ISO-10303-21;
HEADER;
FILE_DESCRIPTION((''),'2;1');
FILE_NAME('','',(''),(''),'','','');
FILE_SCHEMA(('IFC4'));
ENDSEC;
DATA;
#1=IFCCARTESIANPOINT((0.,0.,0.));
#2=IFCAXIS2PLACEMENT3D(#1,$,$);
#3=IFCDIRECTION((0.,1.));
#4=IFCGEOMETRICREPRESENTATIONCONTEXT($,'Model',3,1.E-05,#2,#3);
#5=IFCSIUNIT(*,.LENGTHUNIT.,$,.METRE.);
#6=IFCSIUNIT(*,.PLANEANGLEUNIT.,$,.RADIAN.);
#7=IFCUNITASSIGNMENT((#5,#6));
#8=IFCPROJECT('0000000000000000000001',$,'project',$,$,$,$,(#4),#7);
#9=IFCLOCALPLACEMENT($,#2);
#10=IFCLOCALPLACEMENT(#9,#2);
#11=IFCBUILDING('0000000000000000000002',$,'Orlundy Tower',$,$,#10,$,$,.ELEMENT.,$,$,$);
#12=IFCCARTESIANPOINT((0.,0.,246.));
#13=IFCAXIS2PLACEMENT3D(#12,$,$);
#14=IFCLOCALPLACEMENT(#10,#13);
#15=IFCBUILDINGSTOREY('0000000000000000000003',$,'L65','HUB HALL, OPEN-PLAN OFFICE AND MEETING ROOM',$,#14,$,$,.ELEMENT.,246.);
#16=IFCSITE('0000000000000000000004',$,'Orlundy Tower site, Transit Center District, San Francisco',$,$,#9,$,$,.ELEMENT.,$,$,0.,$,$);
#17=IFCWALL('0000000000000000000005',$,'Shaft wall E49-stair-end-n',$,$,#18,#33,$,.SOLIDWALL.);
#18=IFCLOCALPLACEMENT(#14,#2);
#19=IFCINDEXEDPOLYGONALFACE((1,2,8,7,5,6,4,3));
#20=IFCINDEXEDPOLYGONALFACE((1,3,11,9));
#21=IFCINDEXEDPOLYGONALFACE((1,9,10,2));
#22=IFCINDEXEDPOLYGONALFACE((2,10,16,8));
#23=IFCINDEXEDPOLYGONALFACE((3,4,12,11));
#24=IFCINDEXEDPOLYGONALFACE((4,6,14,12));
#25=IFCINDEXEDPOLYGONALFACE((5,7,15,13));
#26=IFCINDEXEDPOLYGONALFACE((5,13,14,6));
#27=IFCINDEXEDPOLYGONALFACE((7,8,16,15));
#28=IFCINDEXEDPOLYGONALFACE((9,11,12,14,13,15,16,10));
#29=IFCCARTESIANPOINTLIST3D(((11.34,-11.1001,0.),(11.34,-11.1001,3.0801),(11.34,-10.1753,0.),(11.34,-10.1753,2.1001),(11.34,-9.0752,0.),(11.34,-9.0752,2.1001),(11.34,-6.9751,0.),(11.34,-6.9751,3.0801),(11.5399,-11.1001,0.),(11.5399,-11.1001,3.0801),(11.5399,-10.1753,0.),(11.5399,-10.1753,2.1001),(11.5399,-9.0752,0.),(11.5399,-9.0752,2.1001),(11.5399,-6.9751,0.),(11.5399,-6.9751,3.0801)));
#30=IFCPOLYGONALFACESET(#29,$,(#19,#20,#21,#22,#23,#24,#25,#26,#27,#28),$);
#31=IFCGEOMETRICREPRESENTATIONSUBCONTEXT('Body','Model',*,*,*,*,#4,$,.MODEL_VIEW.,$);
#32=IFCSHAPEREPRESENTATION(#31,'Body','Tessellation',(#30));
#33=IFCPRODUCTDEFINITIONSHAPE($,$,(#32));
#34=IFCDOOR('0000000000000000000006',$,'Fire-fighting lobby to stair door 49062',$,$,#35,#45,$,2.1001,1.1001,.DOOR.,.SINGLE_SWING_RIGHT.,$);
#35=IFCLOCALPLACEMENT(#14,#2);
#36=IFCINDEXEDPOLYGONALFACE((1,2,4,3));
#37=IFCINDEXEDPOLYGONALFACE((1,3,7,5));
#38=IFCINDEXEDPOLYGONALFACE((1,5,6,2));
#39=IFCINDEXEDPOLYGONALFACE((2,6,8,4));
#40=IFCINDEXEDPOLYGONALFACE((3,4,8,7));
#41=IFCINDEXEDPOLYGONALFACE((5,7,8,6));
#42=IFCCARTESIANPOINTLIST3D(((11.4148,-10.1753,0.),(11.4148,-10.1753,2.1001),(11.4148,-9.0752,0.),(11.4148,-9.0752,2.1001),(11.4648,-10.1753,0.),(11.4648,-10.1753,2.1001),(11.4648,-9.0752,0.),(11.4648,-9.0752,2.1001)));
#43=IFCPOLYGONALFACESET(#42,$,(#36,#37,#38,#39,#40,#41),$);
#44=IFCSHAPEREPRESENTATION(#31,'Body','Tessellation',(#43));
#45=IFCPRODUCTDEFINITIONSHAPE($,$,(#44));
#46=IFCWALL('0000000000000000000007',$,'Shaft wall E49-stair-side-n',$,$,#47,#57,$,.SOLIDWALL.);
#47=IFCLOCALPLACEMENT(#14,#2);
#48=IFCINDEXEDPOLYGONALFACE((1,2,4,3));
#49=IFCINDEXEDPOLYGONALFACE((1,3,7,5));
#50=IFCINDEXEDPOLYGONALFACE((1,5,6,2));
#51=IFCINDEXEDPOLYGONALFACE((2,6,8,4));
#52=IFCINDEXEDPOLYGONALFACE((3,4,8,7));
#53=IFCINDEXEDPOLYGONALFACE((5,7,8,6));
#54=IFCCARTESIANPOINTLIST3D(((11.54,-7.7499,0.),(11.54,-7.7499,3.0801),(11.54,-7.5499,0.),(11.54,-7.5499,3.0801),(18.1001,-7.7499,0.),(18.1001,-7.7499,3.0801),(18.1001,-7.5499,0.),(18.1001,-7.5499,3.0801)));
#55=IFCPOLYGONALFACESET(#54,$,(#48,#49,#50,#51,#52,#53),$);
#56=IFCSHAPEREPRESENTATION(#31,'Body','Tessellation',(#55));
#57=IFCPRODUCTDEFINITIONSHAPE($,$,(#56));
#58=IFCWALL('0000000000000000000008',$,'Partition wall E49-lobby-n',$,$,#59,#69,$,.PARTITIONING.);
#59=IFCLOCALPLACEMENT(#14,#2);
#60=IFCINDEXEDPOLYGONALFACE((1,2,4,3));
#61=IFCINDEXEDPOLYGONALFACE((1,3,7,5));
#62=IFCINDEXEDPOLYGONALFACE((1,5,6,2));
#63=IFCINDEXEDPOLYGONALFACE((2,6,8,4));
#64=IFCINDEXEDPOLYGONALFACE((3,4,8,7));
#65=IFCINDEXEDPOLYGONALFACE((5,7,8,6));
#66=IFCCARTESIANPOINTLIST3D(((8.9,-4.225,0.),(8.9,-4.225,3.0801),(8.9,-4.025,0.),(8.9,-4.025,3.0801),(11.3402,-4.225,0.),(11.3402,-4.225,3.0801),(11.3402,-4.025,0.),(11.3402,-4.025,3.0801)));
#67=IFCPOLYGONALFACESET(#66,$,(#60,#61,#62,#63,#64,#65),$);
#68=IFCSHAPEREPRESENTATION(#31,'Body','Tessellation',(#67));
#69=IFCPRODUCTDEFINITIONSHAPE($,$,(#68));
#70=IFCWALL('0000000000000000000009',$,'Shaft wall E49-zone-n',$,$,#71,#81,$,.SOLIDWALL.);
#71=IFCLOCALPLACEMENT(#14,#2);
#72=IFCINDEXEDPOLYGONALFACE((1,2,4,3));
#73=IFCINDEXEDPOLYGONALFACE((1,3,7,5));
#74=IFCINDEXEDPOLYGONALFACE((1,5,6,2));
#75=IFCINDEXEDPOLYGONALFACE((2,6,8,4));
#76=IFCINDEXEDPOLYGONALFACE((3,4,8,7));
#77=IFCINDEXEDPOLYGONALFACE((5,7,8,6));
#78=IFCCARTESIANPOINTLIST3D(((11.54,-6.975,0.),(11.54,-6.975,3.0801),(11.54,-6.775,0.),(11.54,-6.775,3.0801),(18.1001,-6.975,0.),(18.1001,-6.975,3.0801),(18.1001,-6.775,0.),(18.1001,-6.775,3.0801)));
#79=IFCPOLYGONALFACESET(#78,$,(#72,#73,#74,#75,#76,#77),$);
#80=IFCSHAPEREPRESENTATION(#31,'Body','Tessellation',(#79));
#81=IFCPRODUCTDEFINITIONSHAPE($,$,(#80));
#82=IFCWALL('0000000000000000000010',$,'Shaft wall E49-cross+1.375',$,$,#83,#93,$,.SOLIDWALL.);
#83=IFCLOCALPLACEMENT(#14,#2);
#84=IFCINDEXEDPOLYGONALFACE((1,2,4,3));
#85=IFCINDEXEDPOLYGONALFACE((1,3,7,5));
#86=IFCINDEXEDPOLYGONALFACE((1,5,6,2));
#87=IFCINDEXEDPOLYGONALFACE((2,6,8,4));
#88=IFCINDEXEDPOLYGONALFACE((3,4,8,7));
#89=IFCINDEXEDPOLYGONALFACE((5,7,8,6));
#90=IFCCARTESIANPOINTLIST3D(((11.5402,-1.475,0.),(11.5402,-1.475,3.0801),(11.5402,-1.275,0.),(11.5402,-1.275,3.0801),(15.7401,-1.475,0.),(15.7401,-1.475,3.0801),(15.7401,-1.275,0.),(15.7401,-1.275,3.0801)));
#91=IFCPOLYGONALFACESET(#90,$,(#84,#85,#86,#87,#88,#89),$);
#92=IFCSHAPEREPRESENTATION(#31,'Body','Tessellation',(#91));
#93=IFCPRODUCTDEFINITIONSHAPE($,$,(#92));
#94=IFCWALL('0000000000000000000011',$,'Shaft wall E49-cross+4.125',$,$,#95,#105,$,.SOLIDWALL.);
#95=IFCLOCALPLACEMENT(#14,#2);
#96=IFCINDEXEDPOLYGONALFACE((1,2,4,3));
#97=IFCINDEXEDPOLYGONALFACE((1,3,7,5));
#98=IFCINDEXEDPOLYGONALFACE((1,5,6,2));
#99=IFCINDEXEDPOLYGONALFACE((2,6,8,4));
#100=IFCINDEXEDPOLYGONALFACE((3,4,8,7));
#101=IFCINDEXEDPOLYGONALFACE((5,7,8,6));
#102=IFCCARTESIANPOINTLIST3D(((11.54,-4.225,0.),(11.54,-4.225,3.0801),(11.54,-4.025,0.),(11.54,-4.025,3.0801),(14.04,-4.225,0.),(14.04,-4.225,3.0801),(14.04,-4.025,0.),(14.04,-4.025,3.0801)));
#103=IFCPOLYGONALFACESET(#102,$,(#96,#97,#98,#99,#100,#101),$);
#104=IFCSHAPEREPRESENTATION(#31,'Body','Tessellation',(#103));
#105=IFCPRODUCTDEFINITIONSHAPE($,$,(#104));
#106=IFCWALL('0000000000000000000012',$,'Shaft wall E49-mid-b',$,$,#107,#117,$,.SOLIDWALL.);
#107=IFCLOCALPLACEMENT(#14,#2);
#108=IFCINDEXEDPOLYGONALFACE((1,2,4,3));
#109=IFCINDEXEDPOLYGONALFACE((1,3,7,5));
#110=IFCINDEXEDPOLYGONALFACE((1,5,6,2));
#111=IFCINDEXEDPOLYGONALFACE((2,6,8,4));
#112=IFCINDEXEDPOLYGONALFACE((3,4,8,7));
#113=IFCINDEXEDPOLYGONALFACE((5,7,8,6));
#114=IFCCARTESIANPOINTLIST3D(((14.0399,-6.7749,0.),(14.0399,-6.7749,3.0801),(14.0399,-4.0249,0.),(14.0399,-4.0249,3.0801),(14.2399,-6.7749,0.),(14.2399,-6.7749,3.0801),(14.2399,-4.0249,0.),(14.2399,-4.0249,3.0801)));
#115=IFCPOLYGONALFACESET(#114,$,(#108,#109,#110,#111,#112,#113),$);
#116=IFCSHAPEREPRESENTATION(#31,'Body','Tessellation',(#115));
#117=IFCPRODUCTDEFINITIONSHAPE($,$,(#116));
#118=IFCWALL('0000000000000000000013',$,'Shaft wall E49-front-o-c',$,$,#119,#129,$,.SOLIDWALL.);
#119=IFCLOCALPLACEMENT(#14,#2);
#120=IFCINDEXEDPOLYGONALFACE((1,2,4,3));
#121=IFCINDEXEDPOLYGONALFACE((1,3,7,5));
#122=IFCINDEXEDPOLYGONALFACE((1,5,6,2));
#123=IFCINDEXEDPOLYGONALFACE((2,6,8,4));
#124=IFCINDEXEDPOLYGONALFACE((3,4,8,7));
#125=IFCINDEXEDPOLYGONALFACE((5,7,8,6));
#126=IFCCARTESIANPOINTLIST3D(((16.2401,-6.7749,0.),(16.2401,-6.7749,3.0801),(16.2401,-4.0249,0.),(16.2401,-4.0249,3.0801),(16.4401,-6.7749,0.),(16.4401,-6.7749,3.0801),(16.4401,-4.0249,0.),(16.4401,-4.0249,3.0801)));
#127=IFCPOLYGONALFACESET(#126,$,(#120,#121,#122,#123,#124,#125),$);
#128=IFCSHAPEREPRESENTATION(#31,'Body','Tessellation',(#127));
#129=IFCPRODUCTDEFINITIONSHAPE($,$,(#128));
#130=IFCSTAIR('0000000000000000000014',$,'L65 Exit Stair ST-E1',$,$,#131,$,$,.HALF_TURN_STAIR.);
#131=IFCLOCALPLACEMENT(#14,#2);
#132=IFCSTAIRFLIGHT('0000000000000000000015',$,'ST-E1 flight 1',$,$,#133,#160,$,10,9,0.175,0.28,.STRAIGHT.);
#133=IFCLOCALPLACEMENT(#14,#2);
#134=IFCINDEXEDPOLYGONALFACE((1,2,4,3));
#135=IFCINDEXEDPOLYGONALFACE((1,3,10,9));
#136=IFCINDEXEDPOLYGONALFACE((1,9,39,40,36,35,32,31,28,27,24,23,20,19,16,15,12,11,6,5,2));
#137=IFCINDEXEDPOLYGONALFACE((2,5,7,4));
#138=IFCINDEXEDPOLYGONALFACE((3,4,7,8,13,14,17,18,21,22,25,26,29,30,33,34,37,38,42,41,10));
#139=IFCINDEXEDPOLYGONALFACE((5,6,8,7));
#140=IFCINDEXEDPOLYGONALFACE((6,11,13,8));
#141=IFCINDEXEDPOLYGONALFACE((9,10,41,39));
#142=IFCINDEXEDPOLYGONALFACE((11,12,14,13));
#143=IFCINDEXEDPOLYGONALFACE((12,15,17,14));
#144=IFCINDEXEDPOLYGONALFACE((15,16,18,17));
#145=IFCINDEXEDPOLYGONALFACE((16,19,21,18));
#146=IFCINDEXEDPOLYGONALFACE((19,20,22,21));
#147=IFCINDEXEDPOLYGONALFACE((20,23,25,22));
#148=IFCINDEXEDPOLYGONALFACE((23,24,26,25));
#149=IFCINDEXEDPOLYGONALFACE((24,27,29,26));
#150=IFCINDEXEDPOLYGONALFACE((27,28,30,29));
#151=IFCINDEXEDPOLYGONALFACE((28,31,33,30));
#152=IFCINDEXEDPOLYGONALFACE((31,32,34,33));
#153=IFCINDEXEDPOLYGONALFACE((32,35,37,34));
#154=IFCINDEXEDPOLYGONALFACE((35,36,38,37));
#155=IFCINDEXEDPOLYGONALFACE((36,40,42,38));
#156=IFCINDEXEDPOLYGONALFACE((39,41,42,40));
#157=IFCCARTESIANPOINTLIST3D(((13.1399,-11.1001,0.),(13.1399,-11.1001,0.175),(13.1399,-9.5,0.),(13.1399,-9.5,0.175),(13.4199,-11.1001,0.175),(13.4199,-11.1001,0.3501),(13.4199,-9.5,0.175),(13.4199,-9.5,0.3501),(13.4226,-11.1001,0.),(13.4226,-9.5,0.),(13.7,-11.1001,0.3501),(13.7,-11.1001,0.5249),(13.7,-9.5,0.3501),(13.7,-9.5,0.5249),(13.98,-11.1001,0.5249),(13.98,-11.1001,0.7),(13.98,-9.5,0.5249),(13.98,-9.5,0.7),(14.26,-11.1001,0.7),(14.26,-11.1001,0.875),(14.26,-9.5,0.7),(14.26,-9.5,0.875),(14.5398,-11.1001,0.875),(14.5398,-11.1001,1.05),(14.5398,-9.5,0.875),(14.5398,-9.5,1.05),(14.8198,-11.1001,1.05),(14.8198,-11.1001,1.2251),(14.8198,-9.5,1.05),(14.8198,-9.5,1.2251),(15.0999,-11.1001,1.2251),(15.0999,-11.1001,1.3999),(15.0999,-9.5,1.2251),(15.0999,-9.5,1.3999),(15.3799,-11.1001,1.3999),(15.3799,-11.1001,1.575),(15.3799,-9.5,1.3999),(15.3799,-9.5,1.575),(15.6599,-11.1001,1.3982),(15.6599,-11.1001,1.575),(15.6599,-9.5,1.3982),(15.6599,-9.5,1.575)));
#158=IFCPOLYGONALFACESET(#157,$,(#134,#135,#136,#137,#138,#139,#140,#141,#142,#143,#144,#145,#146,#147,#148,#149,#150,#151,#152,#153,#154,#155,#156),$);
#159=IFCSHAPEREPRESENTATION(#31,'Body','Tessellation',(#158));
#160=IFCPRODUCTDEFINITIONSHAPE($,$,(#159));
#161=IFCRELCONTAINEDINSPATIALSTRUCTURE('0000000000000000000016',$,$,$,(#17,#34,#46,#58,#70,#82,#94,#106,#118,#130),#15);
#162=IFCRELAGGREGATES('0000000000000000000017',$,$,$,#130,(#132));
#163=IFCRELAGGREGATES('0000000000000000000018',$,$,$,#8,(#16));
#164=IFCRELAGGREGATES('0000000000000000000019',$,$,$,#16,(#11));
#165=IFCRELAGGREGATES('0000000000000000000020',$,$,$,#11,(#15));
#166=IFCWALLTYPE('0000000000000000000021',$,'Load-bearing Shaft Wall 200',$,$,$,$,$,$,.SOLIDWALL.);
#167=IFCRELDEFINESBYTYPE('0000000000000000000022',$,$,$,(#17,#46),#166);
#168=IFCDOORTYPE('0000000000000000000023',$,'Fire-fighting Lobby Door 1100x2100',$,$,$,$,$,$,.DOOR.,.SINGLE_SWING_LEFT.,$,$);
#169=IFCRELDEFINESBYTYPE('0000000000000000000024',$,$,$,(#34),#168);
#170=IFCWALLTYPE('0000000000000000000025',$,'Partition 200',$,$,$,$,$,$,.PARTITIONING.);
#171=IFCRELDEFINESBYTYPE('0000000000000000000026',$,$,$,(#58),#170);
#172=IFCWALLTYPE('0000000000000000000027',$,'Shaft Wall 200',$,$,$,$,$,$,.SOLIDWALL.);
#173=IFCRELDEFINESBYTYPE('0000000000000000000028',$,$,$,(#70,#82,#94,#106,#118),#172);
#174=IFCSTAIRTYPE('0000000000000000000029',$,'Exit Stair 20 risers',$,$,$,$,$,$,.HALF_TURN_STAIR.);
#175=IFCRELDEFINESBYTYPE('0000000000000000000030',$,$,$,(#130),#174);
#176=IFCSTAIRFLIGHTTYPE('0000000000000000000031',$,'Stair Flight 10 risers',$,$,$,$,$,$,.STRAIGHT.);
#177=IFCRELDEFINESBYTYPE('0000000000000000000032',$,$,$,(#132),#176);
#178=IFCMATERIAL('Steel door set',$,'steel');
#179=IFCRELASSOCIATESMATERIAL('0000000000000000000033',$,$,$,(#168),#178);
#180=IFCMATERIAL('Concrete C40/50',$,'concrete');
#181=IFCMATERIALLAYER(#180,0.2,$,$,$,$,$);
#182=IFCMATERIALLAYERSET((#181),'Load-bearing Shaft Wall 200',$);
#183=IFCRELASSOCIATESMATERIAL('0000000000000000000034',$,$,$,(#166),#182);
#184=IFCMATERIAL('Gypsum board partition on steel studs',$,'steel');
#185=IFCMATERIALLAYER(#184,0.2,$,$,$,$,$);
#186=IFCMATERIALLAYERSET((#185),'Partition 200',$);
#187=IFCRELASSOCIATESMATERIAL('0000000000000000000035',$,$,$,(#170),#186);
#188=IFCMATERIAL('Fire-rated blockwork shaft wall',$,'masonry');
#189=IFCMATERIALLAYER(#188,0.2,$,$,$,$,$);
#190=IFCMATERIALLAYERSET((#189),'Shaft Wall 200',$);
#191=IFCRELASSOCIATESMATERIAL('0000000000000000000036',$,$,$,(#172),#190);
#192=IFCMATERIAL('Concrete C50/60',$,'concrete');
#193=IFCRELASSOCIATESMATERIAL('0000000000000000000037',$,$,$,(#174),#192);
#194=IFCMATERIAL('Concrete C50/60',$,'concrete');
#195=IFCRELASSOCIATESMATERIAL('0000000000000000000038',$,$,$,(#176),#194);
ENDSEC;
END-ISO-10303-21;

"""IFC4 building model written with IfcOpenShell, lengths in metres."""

from ifc_helpers import new_model, si_unit, direction, frame, frame_2d, origin, place, context, subcontext, project, spatial, polyline, rectangle, outline, extrude, material, layer, layer_set, type_object, element, fill, aggregate, save


model = new_model("IFC4")

# Units and contexts
model_context = context("Model", 3, precision=1e-05, world=origin(), true_north=direction((0.0, 1.0)))
body_context = subcontext(model_context, "Body", "Model", "MODEL_VIEW")
ifc_project = project(units=[si_unit("LENGTHUNIT", "METRE"), si_unit("PLANEANGLEUNIT", "RADIAN")], contexts=[model_context])

# Site, building, storey
site_placement = place(None, origin())
site = spatial("IfcSite", under=ifc_project, at=site_placement, Name="Orlundy Tower site, Transit Center District, San Francisco", CompositionType="ELEMENT", RefElevation=0.0)
building_placement = place(site_placement, origin())
building = spatial("IfcBuilding", under=site, at=building_placement, Name="Orlundy Tower", CompositionType="ELEMENT")
storey_placement = place(building_placement, frame((0.0, 0.0, 246.0)))
storey = spatial("IfcBuildingStorey", under=building, at=storey_placement, Name="L65", Description="HUB HALL, OPEN-PLAN OFFICE AND MEETING ROOM", CompositionType="ELEMENT", Elevation=246.0)

# Shared definitions
ifc_material_1 = material(Name="Steel door set", Category="steel")
door_type_1 = type_object("IfcDoorType", Name="Fire-fighting Lobby Door 1100x2100", OperationType="SINGLE_SWING_LEFT", PredefinedType="DOOR", material=ifc_material_1)

# Wall, opening, door
ifc_material_2 = material(Name="Concrete C40/50", Category="concrete")
ifc_layer_1 = layer(ifc_material_2, 0.2)
ifc_layer_set_1 = layer_set([ifc_layer_1], Name="Load-bearing Shaft Wall 200")
wall_type_1 = type_object("IfcWallType", Name="Load-bearing Shaft Wall 200", PredefinedType="SOLIDWALL", material=ifc_layer_set_1)
wall_1_placement = place(storey_placement, frame((11.4399, -6.9751, 0.0), z_axis=(0.0, 0.0, 1.0), x_axis=(0.0, -1.0, 0.0)))
wall_1 = element("IfcWall", 1, at=wall_1_placement, inside=storey, type_object=wall_type_1, Name="Shaft wall E49-stair-end-n", PredefinedType="SOLIDWALL", context=body_context, shape_type="SweptSolid", body=[
    extrude(rectangle(XDim=4.125, YDim=0.2, at=frame_2d((2.0625, 0.0))), origin(), (0.0, 0.0, 1.0), 3.0801),
])
opening_1_placement = place(wall_1_placement, frame((2.1001, 0.0, 0.0)))
opening_1 = element("IfcOpeningElement", 2, at=opening_1_placement, cuts=wall_1, PredefinedType="OPENING", context=body_context, shape_type="SweptSolid", body=[
    extrude(rectangle(XDim=1.1001, YDim=2.1001, at=frame_2d((0.55, 1.05))), frame((0.0, 0.1101, 0.0), z_axis=(0.0, -1.0, 0.0), x_axis=(1.0, 0.0, 0.0)), (0.0, 0.0, 1.0), 0.2202),
])
door_1_placement = place(opening_1_placement, origin())
door_1 = element("IfcDoor", 3, at=door_1_placement, inside=storey, type_object=door_type_1, Name="Fire-fighting lobby to stair door 49062", OperationType="SINGLE_SWING_RIGHT", OverallHeight=2.1001, OverallWidth=1.1001, PredefinedType="DOOR", context=body_context, shape_type="SweptSolid", body=[
    extrude(rectangle(XDim=1.1001, YDim=2.1001, at=frame_2d((0.55, 1.05))), frame((0.0, 0.0249, 0.0), z_axis=(0.0, -1.0, 0.0), x_axis=(1.0, 0.0, 0.0)), (0.0, 0.0, 1.0), 0.05),
])
fill(opening_1, door_1)

# Walls
wall_2_placement = place(storey_placement, frame((11.54, -7.6499, 0.0), z_axis=(0.0, 0.0, 1.0), x_axis=(1.0, 0.0, 0.0)))
element("IfcWall", 4, at=wall_2_placement, inside=storey, type_object=wall_type_1, Name="Shaft wall E49-stair-side-n", PredefinedType="SOLIDWALL", context=body_context, shape_type="SweptSolid", body=[
    extrude(rectangle(XDim=6.5601, YDim=0.2, at=frame_2d((3.28, 0.0))), origin(), (0.0, 0.0, 1.0), 3.0801),
])
ifc_material_3 = material(Name="Gypsum board partition on steel studs", Category="steel")
ifc_layer_2 = layer(ifc_material_3, 0.2)
ifc_layer_set_2 = layer_set([ifc_layer_2], Name="Partition 200")
wall_type_2 = type_object("IfcWallType", Name="Partition 200", PredefinedType="PARTITIONING", material=ifc_layer_set_2)
wall_3_placement = place(storey_placement, frame((8.8999, -4.125, 0.0), z_axis=(0.0, 0.0, 1.0), x_axis=(1.0, 0.0, 0.0)))
element("IfcWall", 5, at=wall_3_placement, inside=storey, type_object=wall_type_2, Name="Partition wall E49-lobby-n", PredefinedType="PARTITIONING", context=body_context, shape_type="SweptSolid", body=[
    extrude(rectangle(XDim=2.4402, YDim=0.2, at=frame_2d((1.2202, 0.0))), origin(), (0.0, 0.0, 1.0), 3.0801),
])
ifc_material_4 = material(Name="Fire-rated blockwork shaft wall", Category="masonry")
ifc_layer_3 = layer(ifc_material_4, 0.2)
ifc_layer_set_3 = layer_set([ifc_layer_3], Name="Shaft Wall 200")
wall_type_3 = type_object("IfcWallType", Name="Shaft Wall 200", PredefinedType="SOLIDWALL", material=ifc_layer_set_3)
wall_4_placement = place(storey_placement, frame((11.54, -6.875, 0.0), z_axis=(0.0, 0.0, 1.0), x_axis=(1.0, 0.0, 0.0)))
element("IfcWall", 6, at=wall_4_placement, inside=storey, type_object=wall_type_3, Name="Shaft wall E49-zone-n", PredefinedType="SOLIDWALL", context=body_context, shape_type="SweptSolid", body=[
    extrude(rectangle(XDim=6.5601, YDim=0.2, at=frame_2d((3.28, 0.0))), origin(), (0.0, 0.0, 1.0), 3.0801),
])
wall_5_placement = place(storey_placement, frame((11.54, -1.375, 0.0), z_axis=(0.0, 0.0, 1.0), x_axis=(1.0, 0.0, 0.0)))
element("IfcWall", 7, at=wall_5_placement, inside=storey, type_object=wall_type_3, Name="Shaft wall E49-cross+1.375", PredefinedType="SOLIDWALL", context=body_context, shape_type="SweptSolid", body=[
    extrude(rectangle(XDim=4.2, YDim=0.2, at=frame_2d((2.1001, 0.0))), origin(), (0.0, 0.0, 1.0), 3.0801),
])
wall_6_placement = place(storey_placement, frame((11.54, -4.125, 0.0), z_axis=(0.0, 0.0, 1.0), x_axis=(1.0, 0.0, 0.0)))
element("IfcWall", 8, at=wall_6_placement, inside=storey, type_object=wall_type_3, Name="Shaft wall E49-cross+4.125", PredefinedType="SOLIDWALL", context=body_context, shape_type="SweptSolid", body=[
    extrude(rectangle(XDim=2.5, YDim=0.2, at=frame_2d((1.25, 0.0))), origin(), (0.0, 0.0, 1.0), 3.0801),
])
for number, where, z_axis, x_axis, name in (
    (9, (14.1399, -4.0249, 0.0), (0.0, 0.0, 1.0), (0.0, -1.0, 0.0), "Shaft wall E49-mid-b"),
    (10, (16.3401, -4.0249, 0.0), (0.0, 0.0, 1.0), (0.0, -1.0, 0.0), "Shaft wall E49-front-o-c"),
):
    element("IfcWall", number, at=place(storey_placement, frame(where, z_axis=z_axis, x_axis=x_axis)), inside=storey, type_object=wall_type_3, Name=name, PredefinedType="SOLIDWALL", context=body_context, shape_type="SweptSolid", body=[
        extrude(rectangle(XDim=2.75, YDim=0.2, at=frame_2d((1.375, 0.0))), origin(), (0.0, 0.0, 1.0), 3.0801),
    ])

# Stair, stair flight
ifc_material_5 = material(Name="Concrete C50/60", Category="concrete")
stair_type = type_object("IfcStairType", Name="Exit Stair 20 risers", PredefinedType="HALF_TURN_STAIR", material=ifc_material_5)
stair_placement = place(storey_placement, origin())
stair = element("IfcStair", 11, at=stair_placement, inside=storey, type_object=stair_type, Name="L65 Exit Stair ST-E1", PredefinedType="HALF_TURN_STAIR")
ifc_material_6 = material(Name="Concrete C50/60", Category="concrete")
stair_flight_type = type_object("IfcStairFlightType", Name="Stair Flight 10 risers", PredefinedType="STRAIGHT", material=ifc_material_6)
stair_flight_1_placement = place(storey_placement, frame((13.1399, -10.3, 0.0), z_axis=(0.0, 0.0, 1.0), x_axis=(1.0, 0.0, 0.0)))
stair_flight_1 = element("IfcStairFlight", 12, at=stair_flight_1_placement, type_object=stair_flight_type, Name="ST-E1 flight 1", NumberOfRisers=10, NumberOfTreads=9, PredefinedType="STRAIGHT", RiserHeight=0.175, TreadLength=0.28, context=body_context, shape_type="SweptSolid", body=[
    extrude(outline(polyline([(0.0, 0.0), (0.0, 0.175), (0.28, 0.175), (0.28, 0.3501), (0.5601, 0.3501), (0.5601, 0.5249), (0.8401, 0.5249), (0.8401, 0.7), (1.1201, 0.7), (1.1201, 0.875), (1.3999, 0.875), (1.3999, 1.05), (1.6799, 1.05), (1.6799, 1.2251), (1.96, 1.2251), (1.96, 1.3999), (2.24, 1.3999), (2.24, 1.575), (2.52, 1.575), (2.52, 1.75), (2.52, 1.3982), (0.2827, 0.0), (0.0, 0.0)])), frame((0.0, 0.8, 0.0), z_axis=(0.0, -1.0, 0.0), x_axis=(1.0, 0.0, 0.0)), (0.0, 0.0, 1.0), 1.6001),
])
aggregate(stair, [stair_flight_1])

save(model, "model.ifc")
